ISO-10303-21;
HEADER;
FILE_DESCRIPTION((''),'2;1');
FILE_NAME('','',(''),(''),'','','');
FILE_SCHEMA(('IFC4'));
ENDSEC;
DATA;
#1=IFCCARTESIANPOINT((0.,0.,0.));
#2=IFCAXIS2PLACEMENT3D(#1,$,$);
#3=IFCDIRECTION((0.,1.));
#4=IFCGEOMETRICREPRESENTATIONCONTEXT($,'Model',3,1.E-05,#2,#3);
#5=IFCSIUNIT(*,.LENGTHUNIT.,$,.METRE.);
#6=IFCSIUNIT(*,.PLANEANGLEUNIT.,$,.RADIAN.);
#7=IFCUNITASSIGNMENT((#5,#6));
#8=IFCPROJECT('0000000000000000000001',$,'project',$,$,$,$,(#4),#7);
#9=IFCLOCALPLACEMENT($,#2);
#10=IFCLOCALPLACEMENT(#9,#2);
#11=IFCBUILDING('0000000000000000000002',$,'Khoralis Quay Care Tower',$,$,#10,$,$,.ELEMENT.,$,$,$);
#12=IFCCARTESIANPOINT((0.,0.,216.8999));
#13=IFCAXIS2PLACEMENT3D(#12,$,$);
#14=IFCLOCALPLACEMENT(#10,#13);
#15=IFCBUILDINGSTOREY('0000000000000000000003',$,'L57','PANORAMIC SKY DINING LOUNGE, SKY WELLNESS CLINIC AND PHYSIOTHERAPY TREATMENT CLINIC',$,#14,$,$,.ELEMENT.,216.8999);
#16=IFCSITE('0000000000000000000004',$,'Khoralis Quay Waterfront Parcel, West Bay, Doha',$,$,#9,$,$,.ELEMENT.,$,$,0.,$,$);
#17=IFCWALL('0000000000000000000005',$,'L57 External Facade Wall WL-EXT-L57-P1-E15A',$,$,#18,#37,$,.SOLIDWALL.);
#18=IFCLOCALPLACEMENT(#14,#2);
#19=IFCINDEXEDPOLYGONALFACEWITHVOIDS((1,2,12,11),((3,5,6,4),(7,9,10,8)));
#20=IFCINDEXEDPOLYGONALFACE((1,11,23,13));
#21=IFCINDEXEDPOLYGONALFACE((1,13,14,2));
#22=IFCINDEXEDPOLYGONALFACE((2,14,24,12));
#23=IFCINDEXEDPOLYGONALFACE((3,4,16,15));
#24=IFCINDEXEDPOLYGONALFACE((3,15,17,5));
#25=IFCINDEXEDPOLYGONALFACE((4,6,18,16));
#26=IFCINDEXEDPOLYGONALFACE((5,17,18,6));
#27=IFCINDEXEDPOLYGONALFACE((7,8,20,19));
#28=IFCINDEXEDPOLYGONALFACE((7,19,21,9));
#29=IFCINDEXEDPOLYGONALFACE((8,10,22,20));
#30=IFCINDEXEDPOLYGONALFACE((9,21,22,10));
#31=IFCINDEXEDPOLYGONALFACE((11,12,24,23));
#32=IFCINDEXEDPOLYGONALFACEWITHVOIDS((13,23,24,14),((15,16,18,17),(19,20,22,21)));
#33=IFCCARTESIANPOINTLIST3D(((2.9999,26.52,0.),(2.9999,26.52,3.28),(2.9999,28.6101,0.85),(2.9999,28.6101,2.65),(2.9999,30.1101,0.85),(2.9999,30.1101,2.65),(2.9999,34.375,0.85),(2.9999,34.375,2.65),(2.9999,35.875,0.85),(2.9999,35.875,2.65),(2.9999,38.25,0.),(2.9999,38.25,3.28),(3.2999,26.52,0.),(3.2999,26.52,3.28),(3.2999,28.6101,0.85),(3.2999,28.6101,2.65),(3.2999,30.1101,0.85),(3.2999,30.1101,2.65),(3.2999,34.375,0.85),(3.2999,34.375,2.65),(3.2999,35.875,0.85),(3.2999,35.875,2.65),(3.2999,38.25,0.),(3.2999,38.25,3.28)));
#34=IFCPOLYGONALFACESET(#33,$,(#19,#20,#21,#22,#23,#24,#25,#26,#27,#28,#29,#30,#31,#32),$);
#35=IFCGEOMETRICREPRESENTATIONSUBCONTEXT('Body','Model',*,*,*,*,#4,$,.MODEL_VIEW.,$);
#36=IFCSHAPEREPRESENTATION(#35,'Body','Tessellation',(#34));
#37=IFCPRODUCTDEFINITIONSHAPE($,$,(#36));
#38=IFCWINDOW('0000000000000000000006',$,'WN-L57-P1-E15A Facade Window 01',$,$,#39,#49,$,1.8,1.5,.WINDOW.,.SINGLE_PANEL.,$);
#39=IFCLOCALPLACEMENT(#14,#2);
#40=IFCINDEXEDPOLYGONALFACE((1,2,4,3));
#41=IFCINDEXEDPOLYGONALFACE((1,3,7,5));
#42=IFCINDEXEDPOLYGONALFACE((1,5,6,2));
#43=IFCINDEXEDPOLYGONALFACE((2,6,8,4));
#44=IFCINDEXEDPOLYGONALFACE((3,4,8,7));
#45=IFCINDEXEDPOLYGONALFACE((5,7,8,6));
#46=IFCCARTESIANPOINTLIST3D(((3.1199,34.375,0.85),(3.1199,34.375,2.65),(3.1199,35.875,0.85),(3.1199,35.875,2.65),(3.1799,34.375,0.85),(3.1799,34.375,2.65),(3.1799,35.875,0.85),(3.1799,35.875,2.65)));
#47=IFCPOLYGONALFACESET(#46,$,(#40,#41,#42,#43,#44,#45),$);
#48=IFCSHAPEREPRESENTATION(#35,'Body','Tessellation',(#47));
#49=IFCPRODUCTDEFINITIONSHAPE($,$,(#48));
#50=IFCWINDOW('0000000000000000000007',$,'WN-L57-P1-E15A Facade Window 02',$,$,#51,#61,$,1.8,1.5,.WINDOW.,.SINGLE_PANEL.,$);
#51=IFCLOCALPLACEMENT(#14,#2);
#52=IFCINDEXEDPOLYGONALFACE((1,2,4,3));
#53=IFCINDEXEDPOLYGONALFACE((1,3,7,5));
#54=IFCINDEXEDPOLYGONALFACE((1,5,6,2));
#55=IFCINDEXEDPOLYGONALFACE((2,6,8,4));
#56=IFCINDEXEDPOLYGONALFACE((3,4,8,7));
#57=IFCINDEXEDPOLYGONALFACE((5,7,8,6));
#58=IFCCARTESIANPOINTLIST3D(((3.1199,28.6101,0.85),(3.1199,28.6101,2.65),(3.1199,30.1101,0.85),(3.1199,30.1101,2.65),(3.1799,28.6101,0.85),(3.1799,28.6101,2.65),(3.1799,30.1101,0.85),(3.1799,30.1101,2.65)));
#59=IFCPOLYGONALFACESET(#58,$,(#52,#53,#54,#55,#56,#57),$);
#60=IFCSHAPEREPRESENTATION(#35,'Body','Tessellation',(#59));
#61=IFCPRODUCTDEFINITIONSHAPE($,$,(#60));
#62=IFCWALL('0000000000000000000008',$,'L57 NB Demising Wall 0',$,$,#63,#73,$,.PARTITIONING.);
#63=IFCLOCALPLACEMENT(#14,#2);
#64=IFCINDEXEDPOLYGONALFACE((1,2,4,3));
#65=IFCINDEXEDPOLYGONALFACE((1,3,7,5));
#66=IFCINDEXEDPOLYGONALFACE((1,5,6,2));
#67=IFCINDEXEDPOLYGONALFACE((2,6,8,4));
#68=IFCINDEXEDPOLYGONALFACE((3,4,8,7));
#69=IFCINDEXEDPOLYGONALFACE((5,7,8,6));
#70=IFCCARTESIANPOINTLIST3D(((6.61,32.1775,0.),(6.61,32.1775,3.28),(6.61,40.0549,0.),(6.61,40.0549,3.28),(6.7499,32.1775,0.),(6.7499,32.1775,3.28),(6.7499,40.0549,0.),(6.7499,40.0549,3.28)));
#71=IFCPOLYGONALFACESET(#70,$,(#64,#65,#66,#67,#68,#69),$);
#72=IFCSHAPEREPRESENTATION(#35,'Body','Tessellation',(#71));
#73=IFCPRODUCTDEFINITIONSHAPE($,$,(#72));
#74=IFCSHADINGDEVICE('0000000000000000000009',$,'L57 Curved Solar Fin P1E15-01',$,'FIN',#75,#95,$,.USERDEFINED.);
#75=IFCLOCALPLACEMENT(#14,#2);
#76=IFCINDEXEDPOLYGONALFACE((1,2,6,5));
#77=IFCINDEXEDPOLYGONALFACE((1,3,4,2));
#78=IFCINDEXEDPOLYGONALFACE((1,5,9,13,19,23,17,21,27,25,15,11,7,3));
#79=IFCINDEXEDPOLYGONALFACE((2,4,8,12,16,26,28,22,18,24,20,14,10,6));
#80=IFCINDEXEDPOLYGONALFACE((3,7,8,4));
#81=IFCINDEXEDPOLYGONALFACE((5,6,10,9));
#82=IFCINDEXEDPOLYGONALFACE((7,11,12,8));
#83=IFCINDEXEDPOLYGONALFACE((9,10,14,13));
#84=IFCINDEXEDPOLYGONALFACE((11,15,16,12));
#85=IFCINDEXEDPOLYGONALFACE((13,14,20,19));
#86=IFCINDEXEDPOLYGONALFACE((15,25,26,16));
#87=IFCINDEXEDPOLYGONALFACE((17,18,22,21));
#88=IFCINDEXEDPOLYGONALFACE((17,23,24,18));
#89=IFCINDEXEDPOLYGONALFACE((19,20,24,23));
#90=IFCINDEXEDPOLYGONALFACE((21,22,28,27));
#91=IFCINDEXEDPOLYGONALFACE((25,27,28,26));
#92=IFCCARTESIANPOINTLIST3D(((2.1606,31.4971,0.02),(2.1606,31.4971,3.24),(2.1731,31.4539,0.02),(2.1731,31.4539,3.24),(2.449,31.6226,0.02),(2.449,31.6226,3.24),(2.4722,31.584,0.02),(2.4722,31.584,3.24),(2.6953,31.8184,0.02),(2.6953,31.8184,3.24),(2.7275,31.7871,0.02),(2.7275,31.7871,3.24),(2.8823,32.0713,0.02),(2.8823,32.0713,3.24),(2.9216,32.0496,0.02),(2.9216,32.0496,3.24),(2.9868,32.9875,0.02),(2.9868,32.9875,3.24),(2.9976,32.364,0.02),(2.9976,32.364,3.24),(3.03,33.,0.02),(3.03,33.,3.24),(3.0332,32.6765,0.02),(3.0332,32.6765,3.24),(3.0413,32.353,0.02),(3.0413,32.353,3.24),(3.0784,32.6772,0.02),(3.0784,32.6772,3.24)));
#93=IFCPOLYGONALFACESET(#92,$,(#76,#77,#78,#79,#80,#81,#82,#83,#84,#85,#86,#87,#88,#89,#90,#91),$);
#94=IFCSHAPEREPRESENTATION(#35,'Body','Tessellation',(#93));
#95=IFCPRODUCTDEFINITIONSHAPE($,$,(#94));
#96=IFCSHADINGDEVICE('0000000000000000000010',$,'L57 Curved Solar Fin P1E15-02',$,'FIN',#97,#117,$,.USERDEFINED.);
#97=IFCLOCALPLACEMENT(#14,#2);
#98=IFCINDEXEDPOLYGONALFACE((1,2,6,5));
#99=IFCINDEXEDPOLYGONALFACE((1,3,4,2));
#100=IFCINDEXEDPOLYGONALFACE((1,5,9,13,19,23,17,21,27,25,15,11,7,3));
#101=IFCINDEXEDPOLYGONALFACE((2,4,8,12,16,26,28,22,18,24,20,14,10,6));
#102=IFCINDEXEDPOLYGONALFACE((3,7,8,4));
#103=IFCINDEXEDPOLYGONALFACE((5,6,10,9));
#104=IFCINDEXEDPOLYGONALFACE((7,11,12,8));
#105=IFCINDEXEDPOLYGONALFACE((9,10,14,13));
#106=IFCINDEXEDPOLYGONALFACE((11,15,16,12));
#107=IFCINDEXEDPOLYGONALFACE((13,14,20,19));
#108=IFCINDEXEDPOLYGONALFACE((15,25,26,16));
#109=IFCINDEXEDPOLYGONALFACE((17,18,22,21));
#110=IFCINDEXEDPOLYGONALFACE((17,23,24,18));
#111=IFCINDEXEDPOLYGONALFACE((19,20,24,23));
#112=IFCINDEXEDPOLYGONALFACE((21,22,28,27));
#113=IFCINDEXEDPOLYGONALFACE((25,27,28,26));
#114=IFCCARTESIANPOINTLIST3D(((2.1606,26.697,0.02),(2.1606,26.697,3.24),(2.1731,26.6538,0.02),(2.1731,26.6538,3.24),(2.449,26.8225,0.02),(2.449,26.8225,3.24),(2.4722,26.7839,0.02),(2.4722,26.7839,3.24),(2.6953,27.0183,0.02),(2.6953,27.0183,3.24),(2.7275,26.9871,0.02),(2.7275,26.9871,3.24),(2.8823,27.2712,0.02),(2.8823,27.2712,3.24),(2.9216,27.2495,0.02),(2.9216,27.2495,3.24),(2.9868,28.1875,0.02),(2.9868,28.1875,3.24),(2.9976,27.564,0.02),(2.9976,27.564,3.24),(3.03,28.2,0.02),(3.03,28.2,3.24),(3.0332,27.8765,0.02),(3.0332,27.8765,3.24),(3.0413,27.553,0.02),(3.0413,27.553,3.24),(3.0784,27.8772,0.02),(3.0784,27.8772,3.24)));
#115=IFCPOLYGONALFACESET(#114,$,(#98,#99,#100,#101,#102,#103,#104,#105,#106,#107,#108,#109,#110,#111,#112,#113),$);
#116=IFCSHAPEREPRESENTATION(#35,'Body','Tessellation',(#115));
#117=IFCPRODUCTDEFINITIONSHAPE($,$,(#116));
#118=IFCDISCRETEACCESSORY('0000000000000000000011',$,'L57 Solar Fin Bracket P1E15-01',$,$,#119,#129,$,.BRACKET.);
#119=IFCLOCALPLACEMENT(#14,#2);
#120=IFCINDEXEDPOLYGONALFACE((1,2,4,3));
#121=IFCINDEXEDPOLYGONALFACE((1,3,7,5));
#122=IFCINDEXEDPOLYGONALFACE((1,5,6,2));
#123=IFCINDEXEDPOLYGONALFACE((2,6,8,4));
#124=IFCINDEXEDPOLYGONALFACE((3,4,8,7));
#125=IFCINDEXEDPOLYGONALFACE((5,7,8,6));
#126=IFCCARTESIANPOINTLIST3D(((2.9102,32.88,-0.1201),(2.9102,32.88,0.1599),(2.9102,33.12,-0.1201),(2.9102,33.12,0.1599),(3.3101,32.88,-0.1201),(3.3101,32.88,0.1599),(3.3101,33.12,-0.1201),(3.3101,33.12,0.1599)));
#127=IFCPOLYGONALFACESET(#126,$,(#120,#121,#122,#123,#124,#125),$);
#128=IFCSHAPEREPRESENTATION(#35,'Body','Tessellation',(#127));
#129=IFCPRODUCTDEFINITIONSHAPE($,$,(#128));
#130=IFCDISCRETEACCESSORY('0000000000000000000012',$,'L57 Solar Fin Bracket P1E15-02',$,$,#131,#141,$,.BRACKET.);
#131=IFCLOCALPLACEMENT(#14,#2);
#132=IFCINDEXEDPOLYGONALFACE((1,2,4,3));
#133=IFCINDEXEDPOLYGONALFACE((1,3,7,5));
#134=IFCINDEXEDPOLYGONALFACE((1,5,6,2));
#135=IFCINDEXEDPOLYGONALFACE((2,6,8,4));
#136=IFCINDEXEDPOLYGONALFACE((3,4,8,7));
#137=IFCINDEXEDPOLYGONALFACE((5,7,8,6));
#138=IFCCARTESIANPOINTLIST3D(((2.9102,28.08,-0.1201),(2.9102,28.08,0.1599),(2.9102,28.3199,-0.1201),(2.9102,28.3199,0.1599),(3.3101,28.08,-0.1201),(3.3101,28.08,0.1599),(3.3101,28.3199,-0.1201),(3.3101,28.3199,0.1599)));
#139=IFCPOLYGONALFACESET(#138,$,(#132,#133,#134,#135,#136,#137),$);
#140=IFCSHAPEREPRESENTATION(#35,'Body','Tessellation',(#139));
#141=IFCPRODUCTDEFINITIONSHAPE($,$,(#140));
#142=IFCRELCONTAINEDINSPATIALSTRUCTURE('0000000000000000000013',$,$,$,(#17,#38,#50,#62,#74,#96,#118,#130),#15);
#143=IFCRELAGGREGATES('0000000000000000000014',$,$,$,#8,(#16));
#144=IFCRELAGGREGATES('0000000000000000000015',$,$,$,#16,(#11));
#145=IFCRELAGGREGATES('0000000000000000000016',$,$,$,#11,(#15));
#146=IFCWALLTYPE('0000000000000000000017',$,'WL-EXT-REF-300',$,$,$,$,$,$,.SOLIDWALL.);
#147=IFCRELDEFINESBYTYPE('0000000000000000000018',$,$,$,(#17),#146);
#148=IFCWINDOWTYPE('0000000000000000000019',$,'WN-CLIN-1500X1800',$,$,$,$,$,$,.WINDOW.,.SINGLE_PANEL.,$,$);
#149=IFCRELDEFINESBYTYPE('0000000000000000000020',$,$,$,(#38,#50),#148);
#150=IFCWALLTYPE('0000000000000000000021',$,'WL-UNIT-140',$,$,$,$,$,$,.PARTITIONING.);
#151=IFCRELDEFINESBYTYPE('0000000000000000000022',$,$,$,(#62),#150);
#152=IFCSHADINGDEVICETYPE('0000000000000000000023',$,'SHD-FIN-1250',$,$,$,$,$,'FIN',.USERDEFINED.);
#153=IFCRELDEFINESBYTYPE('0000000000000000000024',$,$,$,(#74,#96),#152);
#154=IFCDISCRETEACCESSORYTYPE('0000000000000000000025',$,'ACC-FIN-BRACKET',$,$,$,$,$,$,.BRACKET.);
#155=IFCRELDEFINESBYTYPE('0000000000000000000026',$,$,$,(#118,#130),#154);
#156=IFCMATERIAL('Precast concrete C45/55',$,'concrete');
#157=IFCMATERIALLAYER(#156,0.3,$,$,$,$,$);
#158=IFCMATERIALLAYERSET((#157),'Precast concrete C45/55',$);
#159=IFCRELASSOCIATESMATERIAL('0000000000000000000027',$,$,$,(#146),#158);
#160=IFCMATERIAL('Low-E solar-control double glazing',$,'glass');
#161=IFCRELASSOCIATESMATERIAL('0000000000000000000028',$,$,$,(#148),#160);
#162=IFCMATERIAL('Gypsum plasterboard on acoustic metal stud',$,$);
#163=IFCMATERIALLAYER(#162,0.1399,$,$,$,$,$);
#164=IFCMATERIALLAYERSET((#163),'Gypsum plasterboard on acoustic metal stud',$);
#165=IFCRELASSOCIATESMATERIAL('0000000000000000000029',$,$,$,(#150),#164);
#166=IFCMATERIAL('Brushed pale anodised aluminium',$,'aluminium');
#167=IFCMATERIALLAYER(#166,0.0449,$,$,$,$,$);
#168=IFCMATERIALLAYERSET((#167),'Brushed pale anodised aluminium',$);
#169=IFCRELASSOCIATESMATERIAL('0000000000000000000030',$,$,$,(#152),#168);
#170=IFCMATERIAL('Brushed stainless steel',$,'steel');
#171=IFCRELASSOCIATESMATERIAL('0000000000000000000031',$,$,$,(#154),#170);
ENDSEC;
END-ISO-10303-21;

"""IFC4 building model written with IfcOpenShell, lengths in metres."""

from ifc_helpers import new_model, si_unit, direction, frame, frame_2d, origin, origin_2d, place, context, subcontext, project, spatial, polyline, rectangle, outline, extrude, source, transform, mapped, material, layer, layer_set, type_object, element, fill, save


model = new_model("IFC4")

# Units and contexts
model_context = context("Model", 3, precision=1e-05, world=origin(), true_north=direction((0.0, 1.0)))
body_context = subcontext(model_context, "Body", "Model", "MODEL_VIEW")
ifc_project = project(units=[si_unit("LENGTHUNIT", "METRE"), si_unit("PLANEANGLEUNIT", "RADIAN")], contexts=[model_context])

# Site, building, storey
site_placement = place(None, origin())
site = spatial("IfcSite", under=ifc_project, at=site_placement, Name="Khoralis Quay Waterfront Parcel, West Bay, Doha", CompositionType="ELEMENT", RefElevation=0.0)
building_placement = place(site_placement, origin())
building = spatial("IfcBuilding", under=site, at=building_placement, Name="Khoralis Quay Care Tower", CompositionType="ELEMENT")
storey_placement = place(building_placement, frame((0.0, 0.0, 216.8999)))
storey = spatial("IfcBuildingStorey", under=building, at=storey_placement, Name="L57", Description="PANORAMIC SKY DINING LOUNGE, SKY WELLNESS CLINIC AND PHYSIOTHERAPY TREATMENT CLINIC", CompositionType="ELEMENT", Elevation=216.8999)

# Shared definitions
ifc_material_1 = material(Name="Gypsum plasterboard on acoustic metal stud")

# Shared definitions
ifc_material_2 = material(Name="Precast concrete C45/55", Category="concrete")
ifc_layer_1 = layer(ifc_material_2, 0.3)
ifc_layer_set_1 = layer_set([ifc_layer_1], Name="Precast concrete C45/55")
wall_type_1 = type_object("IfcWallType", Name="WL-EXT-REF-300", PredefinedType="SOLIDWALL", material=ifc_layer_set_1)

# Wall, openings, windows
wall_1_placement = place(storey_placement, frame((3.1499, 38.25, 0.0), z_axis=(0.0, 0.0, 1.0), x_axis=(0.0, -1.0, 0.0)))
wall_1 = element("IfcWall", 1, at=wall_1_placement, inside=storey, type_object=wall_type_1, Name="L57 External Facade Wall WL-EXT-L57-P1-E15A", PredefinedType="SOLIDWALL", context=body_context, shape_type="SweptSolid", body=[
    extrude(rectangle(XDim=11.73, YDim=0.3, at=frame_2d((5.865, 0.0))), origin(), (0.0, 0.0, 1.0), 3.28),
])
opening_1_placement = place(wall_1_placement, frame((2.375, 0.0, 0.8501)))
opening_1 = element("IfcOpeningElement", 2, at=opening_1_placement, cuts=wall_1, PredefinedType="OPENING", context=body_context, shape_type="SweptSolid", body=[
    extrude(rectangle(XDim=1.5, YDim=1.8, at=frame_2d((0.75, 0.8999))), frame((0.0, 0.1602, 0.0), z_axis=(0.0, -1.0, 0.0), x_axis=(1.0, 0.0, 0.0)), (0.0, 0.0, 1.0), 0.3201),
])
opening_2_placement = place(wall_1_placement, frame((8.1399, 0.0, 0.8501)))
opening_2 = element("IfcOpeningElement", 3, at=opening_2_placement, cuts=wall_1, PredefinedType="OPENING", context=body_context, shape_type="SweptSolid", body=[
    extrude(rectangle(XDim=1.5, YDim=1.8, at=frame_2d((0.75, 0.8999))), frame((0.0, 0.1602, 0.0), z_axis=(0.0, -1.0, 0.0), x_axis=(1.0, 0.0, 0.0)), (0.0, 0.0, 1.0), 0.3201),
])
ifc_material_3 = material(Name="Low-E solar-control double glazing", Category="glass")
window_type = type_object("IfcWindowType", Name="WN-CLIN-1500X1800", PartitioningType="SINGLE_PANEL", PredefinedType="WINDOW", material=ifc_material_3)
shared_shape_1 = source(origin(), body_context, "Body", "SweptSolid", [
    extrude(rectangle(XDim=1.5, YDim=1.8, at=frame_2d((0.75, 0.8999))), frame((0.0, 0.03, 0.0), z_axis=(0.0, -1.0, 0.0), x_axis=(1.0, 0.0, 0.0)), (0.0, 0.0, 1.0), 0.0601),
])
window_1_placement = place(opening_1_placement, origin())
window_1 = element("IfcWindow", 4, at=window_1_placement, inside=storey, type_object=window_type, Name="WN-L57-P1-E15A Facade Window 01", OverallHeight=1.8, OverallWidth=1.5, PartitioningType="SINGLE_PANEL", PredefinedType="WINDOW", context=body_context, shape_type="MappedRepresentation", body=[
    mapped(shared_shape_1, transform((0.0, 0.0, 0.0), scale=1.0)),
])
fill(opening_1, window_1)
window_2_placement = place(opening_2_placement, origin())
window_2 = element("IfcWindow", 5, at=window_2_placement, inside=storey, type_object=window_type, Name="WN-L57-P1-E15A Facade Window 02", OverallHeight=1.8, OverallWidth=1.5, PartitioningType="SINGLE_PANEL", PredefinedType="WINDOW", context=body_context, shape_type="MappedRepresentation", body=[
    mapped(shared_shape_1, transform((0.0, 0.0, 0.0), scale=1.0)),
])
fill(opening_2, window_2)

# Wall
ifc_layer_2 = layer(ifc_material_1, 0.1399)
ifc_layer_set_2 = layer_set([ifc_layer_2], Name="Gypsum plasterboard on acoustic metal stud")
wall_type_2 = type_object("IfcWallType", Name="WL-UNIT-140", PredefinedType="PARTITIONING", material=ifc_layer_set_2)
wall_2_placement = place(storey_placement, frame((6.6799, 32.1775, 0.0), z_axis=(0.0, 0.0, 1.0), x_axis=(0.0, 1.0, 0.0)))
element("IfcWall", 6, at=wall_2_placement, inside=storey, type_object=wall_type_2, Name="L57 NB Demising Wall 0", PredefinedType="PARTITIONING", context=body_context, shape_type="SweptSolid", body=[
    extrude(rectangle(XDim=7.8774, YDim=0.1399, at=frame_2d((3.9387, 0.0))), origin(), (0.0, 0.0, 1.0), 3.28),
])

# Shading devices
ifc_material_4 = material(Name="Brushed pale anodised aluminium", Category="aluminium")
ifc_layer_3 = layer(ifc_material_4, 0.0449)
ifc_layer_set_3 = layer_set([ifc_layer_3], Name="Brushed pale anodised aluminium")
shading_device_type = type_object("IfcShadingDeviceType", Name="SHD-FIN-1250", ElementType="FIN", PredefinedType="USERDEFINED", material=ifc_layer_set_3)
shared_shape_2 = source(origin(), body_context, "Body", "SweptSolid", [
    extrude(outline(polyline([(0.0, 0.0), (-0.0483, 0.3228), (-0.0112, 0.647), (0.1084, 0.9504), (0.3025, 1.2129), (0.5579, 1.416), (0.8569, 1.5461), (0.8694, 1.5029), (0.5811, 1.3774), (0.3347, 1.1816), (0.1477, 0.9287), (0.0325, 0.636), (-0.0032, 0.3235), (0.0432, 0.0125), (0.0, 0.0)])), origin(), (0.0, 0.0, 1.0), 3.22),
])
for number, where, z_axis, x_axis, name in (
    (7, (3.03, 33.0, 0.02), (0.0, 0.0, 1.0), (-1.0, 0.0, 0.0), "L57 Curved Solar Fin P1E15-01"),
    (8, (3.03, 28.2, 0.02), (0.0, 0.0, 1.0), (-1.0, 0.0, 0.0), "L57 Curved Solar Fin P1E15-02"),
):
    element("IfcShadingDevice", number, at=place(storey_placement, frame(where, z_axis=z_axis, x_axis=x_axis)), inside=storey, type_object=shading_device_type, Name=name, ObjectType="FIN", PredefinedType="USERDEFINED", context=body_context, shape_type="MappedRepresentation", body=[
        mapped(shared_shape_2, transform((0.0, 0.0, 0.0), scale=1.0)),
    ])

# Discrete accessories
ifc_material_5 = material(Name="Brushed stainless steel", Category="steel")
discrete_accessory_type = type_object("IfcDiscreteAccessoryType", Name="ACC-FIN-BRACKET", PredefinedType="BRACKET", material=ifc_material_5)
shared_shape_3 = source(origin(), body_context, "Body", "SweptSolid", [
    extrude(rectangle(XDim=0.3999, YDim=0.24, at=origin_2d()), origin(), (0.0, 0.0, 1.0), 0.28),
])
for number, where, z_axis, x_axis, name in (
    (9, (3.1101, 33.0, -0.1201), (0.0, 0.0, 1.0), (-1.0, 0.0, 0.0), "L57 Solar Fin Bracket P1E15-01"),
    (10, (3.1101, 28.2, -0.1201), (0.0, 0.0, 1.0), (-1.0, 0.0, 0.0), "L57 Solar Fin Bracket P1E15-02"),
):
    element("IfcDiscreteAccessory", number, at=place(storey_placement, frame(where, z_axis=z_axis, x_axis=x_axis)), inside=storey, type_object=discrete_accessory_type, Name=name, PredefinedType="BRACKET", context=body_context, shape_type="MappedRepresentation", body=[
        mapped(shared_shape_3, transform((0.0, 0.0, 0.0), scale=1.0)),
    ])

save(model, "model.ifc")
